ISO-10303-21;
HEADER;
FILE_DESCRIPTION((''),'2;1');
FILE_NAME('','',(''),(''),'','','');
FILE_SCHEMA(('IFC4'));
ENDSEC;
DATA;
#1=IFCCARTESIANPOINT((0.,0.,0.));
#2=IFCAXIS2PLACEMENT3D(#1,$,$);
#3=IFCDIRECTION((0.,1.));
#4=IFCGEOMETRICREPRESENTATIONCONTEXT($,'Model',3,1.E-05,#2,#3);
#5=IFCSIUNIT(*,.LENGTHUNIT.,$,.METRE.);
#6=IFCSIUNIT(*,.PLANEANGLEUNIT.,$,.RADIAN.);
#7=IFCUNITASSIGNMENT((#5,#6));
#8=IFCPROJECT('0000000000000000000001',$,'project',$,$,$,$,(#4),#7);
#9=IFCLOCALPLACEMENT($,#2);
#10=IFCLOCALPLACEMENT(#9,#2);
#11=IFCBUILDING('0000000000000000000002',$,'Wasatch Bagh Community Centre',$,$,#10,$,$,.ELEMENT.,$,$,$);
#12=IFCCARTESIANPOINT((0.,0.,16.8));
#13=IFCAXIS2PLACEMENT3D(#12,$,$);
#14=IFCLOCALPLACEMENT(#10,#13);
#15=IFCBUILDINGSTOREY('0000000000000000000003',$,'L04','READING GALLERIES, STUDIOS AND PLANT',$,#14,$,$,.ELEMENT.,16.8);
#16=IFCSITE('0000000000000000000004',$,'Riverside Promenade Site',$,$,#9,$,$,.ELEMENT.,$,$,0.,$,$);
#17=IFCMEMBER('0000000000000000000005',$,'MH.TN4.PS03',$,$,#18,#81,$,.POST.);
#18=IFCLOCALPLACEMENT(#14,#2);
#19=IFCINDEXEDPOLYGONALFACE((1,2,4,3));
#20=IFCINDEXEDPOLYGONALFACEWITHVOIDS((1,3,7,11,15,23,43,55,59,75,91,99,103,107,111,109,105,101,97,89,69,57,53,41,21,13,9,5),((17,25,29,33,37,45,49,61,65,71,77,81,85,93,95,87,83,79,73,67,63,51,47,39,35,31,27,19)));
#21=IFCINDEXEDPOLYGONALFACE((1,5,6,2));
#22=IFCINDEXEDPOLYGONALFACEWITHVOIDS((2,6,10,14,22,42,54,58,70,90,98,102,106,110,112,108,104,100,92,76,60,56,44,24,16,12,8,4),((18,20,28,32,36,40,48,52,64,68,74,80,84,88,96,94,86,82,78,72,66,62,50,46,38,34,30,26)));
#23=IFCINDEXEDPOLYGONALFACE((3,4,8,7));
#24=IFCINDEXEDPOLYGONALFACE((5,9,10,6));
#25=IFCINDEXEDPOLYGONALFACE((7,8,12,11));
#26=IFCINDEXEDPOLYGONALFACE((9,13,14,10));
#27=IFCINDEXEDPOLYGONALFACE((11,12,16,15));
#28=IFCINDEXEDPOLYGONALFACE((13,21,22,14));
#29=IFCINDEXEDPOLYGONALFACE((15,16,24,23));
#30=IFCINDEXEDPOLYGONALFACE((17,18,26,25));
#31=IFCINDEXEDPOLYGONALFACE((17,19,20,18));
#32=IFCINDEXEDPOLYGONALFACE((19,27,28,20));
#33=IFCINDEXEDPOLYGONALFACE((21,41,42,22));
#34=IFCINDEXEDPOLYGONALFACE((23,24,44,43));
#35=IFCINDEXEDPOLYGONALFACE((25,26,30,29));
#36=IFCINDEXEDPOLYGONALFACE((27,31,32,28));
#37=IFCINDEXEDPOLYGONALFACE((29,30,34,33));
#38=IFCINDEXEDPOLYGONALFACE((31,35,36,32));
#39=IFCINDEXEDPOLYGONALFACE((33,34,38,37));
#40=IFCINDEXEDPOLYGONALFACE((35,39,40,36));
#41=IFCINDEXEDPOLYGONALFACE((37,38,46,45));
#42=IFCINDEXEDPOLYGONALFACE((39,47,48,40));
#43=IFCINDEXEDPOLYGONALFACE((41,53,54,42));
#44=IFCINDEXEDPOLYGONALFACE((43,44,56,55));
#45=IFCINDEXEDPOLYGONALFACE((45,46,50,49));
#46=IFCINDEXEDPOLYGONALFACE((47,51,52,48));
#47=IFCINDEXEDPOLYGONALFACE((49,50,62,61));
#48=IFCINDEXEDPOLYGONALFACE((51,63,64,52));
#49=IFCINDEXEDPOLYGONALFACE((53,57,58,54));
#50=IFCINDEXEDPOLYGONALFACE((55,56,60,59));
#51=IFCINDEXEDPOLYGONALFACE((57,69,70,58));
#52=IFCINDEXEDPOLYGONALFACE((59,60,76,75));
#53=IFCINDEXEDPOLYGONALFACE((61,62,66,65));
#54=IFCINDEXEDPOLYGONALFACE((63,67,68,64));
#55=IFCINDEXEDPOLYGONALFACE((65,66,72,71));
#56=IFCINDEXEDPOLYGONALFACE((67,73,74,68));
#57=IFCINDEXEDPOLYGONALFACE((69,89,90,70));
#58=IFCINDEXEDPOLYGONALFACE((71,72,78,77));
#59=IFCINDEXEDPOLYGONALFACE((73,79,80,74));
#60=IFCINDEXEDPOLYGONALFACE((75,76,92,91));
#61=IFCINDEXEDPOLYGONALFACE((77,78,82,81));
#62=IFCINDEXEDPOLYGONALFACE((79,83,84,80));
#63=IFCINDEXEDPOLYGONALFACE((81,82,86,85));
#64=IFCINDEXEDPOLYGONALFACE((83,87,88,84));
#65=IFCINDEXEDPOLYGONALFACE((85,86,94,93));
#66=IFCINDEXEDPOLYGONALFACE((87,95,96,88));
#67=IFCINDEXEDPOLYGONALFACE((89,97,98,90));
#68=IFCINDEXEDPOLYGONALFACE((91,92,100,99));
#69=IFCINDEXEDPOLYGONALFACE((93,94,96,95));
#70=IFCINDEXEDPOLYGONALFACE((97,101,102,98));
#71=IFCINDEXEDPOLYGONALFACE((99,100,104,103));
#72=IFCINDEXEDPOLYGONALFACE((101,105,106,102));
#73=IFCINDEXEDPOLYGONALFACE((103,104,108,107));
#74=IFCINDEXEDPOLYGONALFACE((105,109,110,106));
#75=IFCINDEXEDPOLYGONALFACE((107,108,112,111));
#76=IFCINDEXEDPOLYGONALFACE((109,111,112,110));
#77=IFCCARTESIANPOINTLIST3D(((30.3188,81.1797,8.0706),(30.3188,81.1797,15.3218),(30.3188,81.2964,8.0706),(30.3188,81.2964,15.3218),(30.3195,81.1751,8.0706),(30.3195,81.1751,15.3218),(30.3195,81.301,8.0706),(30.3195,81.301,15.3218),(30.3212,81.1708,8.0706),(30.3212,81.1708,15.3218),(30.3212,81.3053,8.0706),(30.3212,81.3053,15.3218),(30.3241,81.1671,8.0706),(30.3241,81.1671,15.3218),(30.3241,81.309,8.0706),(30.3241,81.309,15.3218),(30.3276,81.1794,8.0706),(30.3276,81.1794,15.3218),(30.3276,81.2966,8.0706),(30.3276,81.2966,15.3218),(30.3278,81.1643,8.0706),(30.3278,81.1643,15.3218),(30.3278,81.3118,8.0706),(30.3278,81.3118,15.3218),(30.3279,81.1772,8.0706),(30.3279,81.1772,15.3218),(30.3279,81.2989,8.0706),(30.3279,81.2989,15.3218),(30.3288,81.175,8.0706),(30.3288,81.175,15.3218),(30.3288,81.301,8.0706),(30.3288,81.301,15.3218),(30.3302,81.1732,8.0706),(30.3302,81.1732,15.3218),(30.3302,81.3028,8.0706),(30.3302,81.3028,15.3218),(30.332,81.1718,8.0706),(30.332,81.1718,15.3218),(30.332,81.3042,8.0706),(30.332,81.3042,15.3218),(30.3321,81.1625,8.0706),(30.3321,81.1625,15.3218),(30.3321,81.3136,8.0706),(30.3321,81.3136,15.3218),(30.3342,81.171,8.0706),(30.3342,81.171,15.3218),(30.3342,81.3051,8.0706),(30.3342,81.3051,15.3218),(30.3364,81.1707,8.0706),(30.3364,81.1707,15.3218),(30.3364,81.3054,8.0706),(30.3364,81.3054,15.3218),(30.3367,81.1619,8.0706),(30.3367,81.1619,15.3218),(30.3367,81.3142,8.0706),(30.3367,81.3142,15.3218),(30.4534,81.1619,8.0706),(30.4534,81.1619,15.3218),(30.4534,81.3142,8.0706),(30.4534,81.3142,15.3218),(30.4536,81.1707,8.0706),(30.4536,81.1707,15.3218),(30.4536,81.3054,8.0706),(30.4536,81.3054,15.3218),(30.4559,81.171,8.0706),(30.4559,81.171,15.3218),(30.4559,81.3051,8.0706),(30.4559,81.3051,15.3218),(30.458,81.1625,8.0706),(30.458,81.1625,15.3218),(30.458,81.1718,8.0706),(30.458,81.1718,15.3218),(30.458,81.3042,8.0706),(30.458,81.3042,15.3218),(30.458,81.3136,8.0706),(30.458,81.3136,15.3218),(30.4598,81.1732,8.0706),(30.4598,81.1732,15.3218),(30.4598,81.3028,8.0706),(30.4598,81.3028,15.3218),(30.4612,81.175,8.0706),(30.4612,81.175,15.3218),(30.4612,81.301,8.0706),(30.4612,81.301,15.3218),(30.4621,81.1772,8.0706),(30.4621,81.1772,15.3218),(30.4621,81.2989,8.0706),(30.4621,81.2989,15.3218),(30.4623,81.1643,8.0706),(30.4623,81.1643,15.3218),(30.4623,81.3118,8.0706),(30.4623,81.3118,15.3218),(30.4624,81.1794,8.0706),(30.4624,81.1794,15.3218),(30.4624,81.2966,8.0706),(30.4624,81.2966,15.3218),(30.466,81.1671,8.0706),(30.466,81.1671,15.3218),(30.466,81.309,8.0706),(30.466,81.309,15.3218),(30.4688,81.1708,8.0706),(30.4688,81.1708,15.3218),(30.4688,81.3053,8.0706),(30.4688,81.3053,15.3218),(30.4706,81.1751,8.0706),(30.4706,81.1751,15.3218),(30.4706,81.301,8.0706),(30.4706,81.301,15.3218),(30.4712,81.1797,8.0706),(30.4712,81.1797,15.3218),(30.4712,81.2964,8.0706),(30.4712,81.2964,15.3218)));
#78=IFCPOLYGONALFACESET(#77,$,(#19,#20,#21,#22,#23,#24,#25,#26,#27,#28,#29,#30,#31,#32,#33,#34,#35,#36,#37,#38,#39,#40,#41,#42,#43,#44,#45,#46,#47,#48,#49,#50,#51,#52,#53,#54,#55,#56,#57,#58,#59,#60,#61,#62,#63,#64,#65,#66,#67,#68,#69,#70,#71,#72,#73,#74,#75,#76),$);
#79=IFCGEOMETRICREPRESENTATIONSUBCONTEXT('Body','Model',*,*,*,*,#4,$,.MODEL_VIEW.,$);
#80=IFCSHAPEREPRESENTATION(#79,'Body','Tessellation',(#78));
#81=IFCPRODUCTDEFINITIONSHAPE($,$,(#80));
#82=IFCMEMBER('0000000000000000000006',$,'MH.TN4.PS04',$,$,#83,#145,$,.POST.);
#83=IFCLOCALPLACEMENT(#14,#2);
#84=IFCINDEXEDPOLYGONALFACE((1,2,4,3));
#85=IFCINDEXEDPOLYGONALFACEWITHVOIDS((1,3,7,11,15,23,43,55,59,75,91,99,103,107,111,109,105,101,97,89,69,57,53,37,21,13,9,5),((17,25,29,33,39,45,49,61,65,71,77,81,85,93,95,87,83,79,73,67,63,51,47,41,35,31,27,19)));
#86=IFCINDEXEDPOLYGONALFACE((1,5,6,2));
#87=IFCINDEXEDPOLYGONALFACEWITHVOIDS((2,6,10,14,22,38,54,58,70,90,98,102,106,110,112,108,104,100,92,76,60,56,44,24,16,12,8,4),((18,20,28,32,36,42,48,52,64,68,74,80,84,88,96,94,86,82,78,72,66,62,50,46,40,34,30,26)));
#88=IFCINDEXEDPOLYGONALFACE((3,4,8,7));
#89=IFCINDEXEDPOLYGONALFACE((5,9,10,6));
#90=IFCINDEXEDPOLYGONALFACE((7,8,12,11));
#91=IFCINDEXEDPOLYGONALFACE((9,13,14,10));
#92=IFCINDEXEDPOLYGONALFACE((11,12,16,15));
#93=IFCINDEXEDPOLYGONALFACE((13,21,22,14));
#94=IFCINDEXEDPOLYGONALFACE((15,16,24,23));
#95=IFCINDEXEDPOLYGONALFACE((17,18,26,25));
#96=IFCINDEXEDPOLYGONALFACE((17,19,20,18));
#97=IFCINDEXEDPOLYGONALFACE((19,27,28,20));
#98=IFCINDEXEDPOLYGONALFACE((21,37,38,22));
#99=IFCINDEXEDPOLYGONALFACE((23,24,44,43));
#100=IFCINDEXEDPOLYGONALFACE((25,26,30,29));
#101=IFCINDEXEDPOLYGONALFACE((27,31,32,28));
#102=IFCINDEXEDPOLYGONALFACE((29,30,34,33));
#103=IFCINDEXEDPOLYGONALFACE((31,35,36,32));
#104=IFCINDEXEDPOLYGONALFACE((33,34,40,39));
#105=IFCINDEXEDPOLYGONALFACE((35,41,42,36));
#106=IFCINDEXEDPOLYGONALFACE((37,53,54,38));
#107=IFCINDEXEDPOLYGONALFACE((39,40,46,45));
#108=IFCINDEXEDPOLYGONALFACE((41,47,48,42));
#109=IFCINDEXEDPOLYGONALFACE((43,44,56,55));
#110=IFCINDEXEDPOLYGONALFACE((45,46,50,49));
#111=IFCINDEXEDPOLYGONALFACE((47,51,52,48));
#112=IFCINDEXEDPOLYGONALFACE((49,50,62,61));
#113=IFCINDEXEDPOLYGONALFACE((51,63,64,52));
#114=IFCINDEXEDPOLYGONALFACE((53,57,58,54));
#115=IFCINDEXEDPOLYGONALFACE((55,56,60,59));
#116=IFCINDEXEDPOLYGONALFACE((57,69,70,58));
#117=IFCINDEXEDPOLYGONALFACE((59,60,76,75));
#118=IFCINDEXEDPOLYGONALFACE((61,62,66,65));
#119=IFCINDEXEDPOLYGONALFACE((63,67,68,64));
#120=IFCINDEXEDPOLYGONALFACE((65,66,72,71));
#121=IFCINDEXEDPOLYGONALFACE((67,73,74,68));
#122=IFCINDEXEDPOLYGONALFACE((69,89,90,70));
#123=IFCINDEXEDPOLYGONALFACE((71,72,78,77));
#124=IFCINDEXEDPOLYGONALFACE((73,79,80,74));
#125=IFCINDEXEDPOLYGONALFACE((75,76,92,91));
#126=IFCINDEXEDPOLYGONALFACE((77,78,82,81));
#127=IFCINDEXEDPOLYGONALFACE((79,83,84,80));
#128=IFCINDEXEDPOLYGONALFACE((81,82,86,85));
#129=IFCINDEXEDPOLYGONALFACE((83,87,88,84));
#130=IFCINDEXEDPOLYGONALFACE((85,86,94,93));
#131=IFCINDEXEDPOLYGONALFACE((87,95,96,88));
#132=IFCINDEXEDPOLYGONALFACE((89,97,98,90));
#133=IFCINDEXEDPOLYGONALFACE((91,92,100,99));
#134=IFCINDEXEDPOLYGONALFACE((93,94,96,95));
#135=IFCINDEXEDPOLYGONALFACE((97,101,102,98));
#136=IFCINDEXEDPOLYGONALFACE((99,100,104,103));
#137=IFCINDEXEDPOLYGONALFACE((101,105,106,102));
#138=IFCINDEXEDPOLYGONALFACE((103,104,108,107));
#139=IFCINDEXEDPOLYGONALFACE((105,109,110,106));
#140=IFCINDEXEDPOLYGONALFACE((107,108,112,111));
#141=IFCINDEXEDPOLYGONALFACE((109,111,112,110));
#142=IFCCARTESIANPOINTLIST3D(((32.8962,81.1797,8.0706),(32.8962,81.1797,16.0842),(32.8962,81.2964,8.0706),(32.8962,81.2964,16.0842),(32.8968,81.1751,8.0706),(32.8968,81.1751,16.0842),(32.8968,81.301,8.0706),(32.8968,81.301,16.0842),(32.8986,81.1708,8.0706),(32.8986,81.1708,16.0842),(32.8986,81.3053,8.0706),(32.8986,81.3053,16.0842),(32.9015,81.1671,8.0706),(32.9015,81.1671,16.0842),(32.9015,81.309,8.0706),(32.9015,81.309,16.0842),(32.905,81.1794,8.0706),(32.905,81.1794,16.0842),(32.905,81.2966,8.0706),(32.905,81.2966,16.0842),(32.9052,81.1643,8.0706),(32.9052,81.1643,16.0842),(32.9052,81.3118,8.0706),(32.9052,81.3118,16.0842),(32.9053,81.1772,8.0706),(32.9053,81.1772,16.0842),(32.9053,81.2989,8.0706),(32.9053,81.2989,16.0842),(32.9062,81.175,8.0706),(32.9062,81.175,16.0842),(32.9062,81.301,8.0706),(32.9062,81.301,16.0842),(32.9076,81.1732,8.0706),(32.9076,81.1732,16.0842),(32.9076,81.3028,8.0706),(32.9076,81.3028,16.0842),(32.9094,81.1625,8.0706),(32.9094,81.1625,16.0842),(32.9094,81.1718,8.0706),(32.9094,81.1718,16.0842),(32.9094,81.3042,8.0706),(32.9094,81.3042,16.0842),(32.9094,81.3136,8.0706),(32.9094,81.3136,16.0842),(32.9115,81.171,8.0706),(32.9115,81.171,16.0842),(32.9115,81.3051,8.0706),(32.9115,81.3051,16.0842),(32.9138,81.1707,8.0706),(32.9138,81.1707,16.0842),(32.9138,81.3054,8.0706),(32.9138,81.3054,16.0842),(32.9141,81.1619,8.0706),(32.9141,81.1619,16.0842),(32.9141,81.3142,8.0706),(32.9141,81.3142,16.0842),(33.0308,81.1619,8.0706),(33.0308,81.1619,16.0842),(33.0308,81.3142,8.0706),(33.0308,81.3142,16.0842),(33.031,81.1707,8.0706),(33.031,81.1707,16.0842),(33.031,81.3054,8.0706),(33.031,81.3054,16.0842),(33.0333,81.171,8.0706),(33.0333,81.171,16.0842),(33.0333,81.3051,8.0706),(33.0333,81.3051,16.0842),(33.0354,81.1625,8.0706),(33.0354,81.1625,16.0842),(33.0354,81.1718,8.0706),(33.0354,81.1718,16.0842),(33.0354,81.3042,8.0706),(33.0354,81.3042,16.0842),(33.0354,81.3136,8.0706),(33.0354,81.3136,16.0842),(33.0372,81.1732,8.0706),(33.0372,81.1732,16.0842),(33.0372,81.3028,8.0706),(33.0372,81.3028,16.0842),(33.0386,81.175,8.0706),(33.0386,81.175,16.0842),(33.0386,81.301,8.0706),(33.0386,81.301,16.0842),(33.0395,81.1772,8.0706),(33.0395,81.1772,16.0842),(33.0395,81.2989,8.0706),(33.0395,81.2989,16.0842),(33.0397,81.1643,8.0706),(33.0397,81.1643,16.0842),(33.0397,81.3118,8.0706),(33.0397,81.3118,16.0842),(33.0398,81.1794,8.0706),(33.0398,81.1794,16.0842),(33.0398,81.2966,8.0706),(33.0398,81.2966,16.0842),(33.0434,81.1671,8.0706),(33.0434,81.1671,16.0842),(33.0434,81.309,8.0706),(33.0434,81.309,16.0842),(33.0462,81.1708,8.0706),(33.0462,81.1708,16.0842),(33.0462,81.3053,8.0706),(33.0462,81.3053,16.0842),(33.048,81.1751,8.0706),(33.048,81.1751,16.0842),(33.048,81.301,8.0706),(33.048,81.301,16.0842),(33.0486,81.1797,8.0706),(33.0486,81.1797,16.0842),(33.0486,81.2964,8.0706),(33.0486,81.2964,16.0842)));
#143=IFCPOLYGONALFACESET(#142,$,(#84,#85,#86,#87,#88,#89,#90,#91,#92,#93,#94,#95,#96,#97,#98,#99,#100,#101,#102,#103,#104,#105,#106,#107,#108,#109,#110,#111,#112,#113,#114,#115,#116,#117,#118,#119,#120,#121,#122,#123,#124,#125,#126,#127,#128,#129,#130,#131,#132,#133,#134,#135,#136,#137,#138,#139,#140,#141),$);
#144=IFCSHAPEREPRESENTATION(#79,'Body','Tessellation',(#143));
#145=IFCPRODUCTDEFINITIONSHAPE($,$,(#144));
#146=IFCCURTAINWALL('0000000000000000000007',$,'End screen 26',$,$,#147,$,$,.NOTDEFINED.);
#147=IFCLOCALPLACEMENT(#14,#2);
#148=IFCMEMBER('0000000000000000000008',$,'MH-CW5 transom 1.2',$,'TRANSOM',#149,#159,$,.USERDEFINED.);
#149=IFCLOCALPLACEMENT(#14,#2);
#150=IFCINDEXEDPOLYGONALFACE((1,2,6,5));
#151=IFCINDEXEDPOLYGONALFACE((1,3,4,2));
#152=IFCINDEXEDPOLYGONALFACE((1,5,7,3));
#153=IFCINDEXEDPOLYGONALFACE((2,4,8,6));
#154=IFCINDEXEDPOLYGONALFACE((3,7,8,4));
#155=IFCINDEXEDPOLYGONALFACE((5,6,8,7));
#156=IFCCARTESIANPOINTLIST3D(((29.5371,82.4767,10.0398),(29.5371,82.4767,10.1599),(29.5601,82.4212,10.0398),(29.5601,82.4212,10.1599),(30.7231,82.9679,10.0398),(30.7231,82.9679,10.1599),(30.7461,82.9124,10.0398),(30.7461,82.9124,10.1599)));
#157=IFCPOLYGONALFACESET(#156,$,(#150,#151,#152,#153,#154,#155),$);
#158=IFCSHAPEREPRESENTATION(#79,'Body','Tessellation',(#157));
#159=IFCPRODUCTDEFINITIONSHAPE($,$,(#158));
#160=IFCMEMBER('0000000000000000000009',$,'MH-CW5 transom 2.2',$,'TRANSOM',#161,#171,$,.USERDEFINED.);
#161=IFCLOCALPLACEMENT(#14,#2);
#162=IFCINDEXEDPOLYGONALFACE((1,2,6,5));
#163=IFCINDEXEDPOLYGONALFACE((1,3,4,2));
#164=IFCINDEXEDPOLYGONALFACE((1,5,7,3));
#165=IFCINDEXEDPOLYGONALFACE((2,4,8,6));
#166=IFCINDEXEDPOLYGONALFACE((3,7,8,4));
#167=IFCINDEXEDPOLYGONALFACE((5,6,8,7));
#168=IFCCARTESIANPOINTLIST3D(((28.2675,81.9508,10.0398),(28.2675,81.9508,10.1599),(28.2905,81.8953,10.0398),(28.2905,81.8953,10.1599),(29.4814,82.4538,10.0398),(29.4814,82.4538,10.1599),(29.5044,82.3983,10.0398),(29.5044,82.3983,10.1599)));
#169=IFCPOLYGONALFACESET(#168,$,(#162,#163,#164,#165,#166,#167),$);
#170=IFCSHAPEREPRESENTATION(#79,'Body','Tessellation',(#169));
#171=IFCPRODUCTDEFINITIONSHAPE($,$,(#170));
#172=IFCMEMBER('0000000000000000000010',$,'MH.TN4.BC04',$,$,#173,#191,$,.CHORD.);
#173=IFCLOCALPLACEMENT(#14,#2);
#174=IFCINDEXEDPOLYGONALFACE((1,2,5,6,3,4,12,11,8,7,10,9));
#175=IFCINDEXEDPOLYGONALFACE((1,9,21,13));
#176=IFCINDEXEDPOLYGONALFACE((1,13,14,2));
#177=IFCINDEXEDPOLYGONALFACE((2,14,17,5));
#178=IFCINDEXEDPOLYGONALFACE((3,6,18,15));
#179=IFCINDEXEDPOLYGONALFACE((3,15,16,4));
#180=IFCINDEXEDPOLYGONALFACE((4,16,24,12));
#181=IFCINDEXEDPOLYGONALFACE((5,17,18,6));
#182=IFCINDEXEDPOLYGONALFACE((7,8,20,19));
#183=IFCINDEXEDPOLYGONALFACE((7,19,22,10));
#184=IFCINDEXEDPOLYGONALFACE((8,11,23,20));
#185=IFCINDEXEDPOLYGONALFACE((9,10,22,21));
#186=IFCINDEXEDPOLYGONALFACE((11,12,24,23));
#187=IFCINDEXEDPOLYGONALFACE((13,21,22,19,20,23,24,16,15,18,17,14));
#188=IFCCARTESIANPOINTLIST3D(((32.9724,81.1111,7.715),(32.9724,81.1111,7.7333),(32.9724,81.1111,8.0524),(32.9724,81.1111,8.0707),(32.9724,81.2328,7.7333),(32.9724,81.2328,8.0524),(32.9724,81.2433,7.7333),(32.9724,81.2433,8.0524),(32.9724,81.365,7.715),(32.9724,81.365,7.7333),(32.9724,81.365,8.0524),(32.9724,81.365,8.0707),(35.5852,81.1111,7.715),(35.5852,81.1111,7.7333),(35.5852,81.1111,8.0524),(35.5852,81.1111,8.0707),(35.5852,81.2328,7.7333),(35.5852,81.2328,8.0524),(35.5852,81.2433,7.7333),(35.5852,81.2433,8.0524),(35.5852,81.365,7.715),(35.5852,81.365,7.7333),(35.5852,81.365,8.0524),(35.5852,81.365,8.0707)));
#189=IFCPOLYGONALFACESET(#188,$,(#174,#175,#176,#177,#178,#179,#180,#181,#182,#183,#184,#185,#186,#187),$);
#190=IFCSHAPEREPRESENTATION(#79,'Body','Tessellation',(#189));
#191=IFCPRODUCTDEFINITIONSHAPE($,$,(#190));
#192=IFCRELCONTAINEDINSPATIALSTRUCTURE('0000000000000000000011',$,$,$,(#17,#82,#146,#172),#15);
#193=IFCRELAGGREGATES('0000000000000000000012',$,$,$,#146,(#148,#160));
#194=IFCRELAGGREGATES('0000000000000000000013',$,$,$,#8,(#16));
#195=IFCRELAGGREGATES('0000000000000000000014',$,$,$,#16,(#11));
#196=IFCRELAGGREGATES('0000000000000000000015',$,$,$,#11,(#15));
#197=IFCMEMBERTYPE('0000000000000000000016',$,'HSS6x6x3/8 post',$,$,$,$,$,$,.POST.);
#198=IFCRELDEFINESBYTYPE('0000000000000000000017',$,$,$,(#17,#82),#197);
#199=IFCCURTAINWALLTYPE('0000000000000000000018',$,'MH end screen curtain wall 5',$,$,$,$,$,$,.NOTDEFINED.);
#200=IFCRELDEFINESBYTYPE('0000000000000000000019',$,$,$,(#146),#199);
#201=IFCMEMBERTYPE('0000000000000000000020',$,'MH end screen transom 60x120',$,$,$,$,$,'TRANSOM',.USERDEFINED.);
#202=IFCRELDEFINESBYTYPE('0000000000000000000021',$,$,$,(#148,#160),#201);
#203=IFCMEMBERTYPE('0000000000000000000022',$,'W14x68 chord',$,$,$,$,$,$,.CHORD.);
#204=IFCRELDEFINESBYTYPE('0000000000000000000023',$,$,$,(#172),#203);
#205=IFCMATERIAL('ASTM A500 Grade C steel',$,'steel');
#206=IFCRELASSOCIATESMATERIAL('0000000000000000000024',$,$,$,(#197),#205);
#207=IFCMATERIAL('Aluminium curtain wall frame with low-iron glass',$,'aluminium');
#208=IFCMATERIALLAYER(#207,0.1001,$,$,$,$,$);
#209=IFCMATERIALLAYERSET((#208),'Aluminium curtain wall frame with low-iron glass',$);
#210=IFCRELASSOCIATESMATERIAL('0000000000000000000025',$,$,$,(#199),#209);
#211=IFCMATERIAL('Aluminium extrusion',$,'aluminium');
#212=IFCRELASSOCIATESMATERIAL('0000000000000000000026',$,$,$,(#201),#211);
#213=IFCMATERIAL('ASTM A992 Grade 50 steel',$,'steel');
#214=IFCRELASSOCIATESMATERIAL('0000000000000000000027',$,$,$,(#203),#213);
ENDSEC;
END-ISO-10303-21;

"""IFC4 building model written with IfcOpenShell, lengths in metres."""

from ifc_helpers import new_model, si_unit, direction, frame, origin, origin_2d, place, context, subcontext, project, spatial, rectangle, hollow_rectangle, i_section, extrude, material, layer, layer_set, material_profile, profile_set, type_object, element, aggregate, save


model = new_model("IFC4")

# Units and contexts
model_context = context("Model", 3, precision=1e-05, world=origin(), true_north=direction((0.0, 1.0)))
body_context = subcontext(model_context, "Body", "Model", "MODEL_VIEW")
ifc_project = project(units=[si_unit("LENGTHUNIT", "METRE"), si_unit("PLANEANGLEUNIT", "RADIAN")], contexts=[model_context])

# Site, building, storey
site_placement = place(None, origin())
site = spatial("IfcSite", under=ifc_project, at=site_placement, Name="Riverside Promenade Site", CompositionType="ELEMENT", RefElevation=0.0)
building_placement = place(site_placement, origin())
building = spatial("IfcBuilding", under=site, at=building_placement, Name="Wasatch Bagh Community Centre", CompositionType="ELEMENT")
storey_placement = place(building_placement, frame((0.0, 0.0, 16.8)))
storey = spatial("IfcBuildingStorey", under=building, at=storey_placement, Name="L04", Description="READING GALLERIES, STUDIOS AND PLANT", CompositionType="ELEMENT", Elevation=16.8)

# Members
ifc_material_1 = material(Name="ASTM A500 Grade C steel", Category="steel")
ifc_material_profile_1 = material_profile(ifc_material_1, hollow_rectangle(XDim=0.1523, YDim=0.1523, WallThickness=0.0088, InnerFilletRadius=0.0088, OuterFilletRadius=0.0178, at=origin_2d()), Name="HSS6x6x3/8")
ifc_profile_set_1 = profile_set([ifc_material_profile_1], Name="ASTM A500 Grade C steel")
member_type_1 = type_object("IfcMemberType", Name="HSS6x6x3/8 post", PredefinedType="POST", material=ifc_profile_set_1)
member_1_placement = place(storey_placement, frame((30.395, 81.238, 8.0706), z_axis=(0.0, 0.0, 1.0), x_axis=(1.0, 0.0, 0.0)))
element("IfcMember", 1, at=member_1_placement, inside=storey, type_object=member_type_1, Name="MH.TN4.PS03", PredefinedType="POST", context=body_context, shape_type="SweptSolid", body=[
    extrude(hollow_rectangle(XDim=0.1523, YDim=0.1523, WallThickness=0.0088, InnerFilletRadius=0.0088, OuterFilletRadius=0.0178, at=origin_2d()), origin(), (0.0, 0.0, 1.0), 7.2512),
])
member_2_placement = place(storey_placement, frame((32.9724, 81.238, 8.0706), z_axis=(0.0, 0.0, 1.0), x_axis=(1.0, 0.0, 0.0)))
element("IfcMember", 2, at=member_2_placement, inside=storey, type_object=member_type_1, Name="MH.TN4.PS04", PredefinedType="POST", context=body_context, shape_type="SweptSolid", body=[
    extrude(hollow_rectangle(XDim=0.1523, YDim=0.1523, WallThickness=0.0088, InnerFilletRadius=0.0088, OuterFilletRadius=0.0178, at=origin_2d()), origin(), (0.0, 0.0, 1.0), 8.0137),
])

# Curtain wall, members
ifc_material_2 = material(Name="Aluminium curtain wall frame with low-iron glass", Category="aluminium")
ifc_layer_1 = layer(ifc_material_2, 0.1001)
ifc_layer_set_1 = layer_set([ifc_layer_1], Name="Aluminium curtain wall frame with low-iron glass")
curtain_wall_type = type_object("IfcCurtainWallType", Name="MH end screen curtain wall 5", PredefinedType="NOTDEFINED", material=ifc_layer_set_1)
curtain_wall_placement = place(storey_placement, origin())
curtain_wall = element("IfcCurtainWall", 3, at=curtain_wall_placement, inside=storey, type_object=curtain_wall_type, Name="End screen 26", PredefinedType="NOTDEFINED")
ifc_material_3 = material(Name="Aluminium extrusion", Category="aluminium")
ifc_material_profile_2 = material_profile(ifc_material_3, rectangle(XDim=0.0601, YDim=0.1201, at=origin_2d()), Name="AL 60x120")
ifc_profile_set_2 = profile_set([ifc_material_profile_2], Name="Aluminium extrusion")
member_type_2 = type_object("IfcMemberType", Name="MH end screen transom 60x120", ElementType="TRANSOM", PredefinedType="USERDEFINED", material=ifc_profile_set_2)
member_3_placement = place(storey_placement, frame((30.7346, 82.9402, 10.0999), z_axis=(-0.923896, -0.382643, 0.0), x_axis=(0.382643, -0.923896, 0.0)))
member_3 = element("IfcMember", 4, at=member_3_placement, type_object=member_type_2, Name="MH-CW5 transom 1.2", ObjectType="TRANSOM", PredefinedType="USERDEFINED", context=body_context, shape_type="SweptSolid", body=[
    extrude(rectangle(XDim=0.0601, YDim=0.1201, at=origin_2d()), origin(), (0.0, 0.0, 1.0), 1.2837),
])
member_4_placement = place(storey_placement, frame((29.4929, 82.426, 10.0999), z_axis=(-0.923845, -0.382768, 0.0), x_axis=(0.382768, -0.923845, 0.0)))
member_4 = element("IfcMember", 5, at=member_4_placement, type_object=member_type_2, Name="MH-CW5 transom 2.2", ObjectType="TRANSOM", PredefinedType="USERDEFINED", context=body_context, shape_type="SweptSolid", body=[
    extrude(rectangle(XDim=0.0601, YDim=0.1201, at=origin_2d()), origin(), (0.0, 0.0, 1.0), 1.314),
])

# Member
ifc_material_4 = material(Name="ASTM A992 Grade 50 steel", Category="steel")
ifc_material_profile_3 = material_profile(ifc_material_4, i_section(OverallWidth=0.2539, OverallDepth=0.3557, WebThickness=0.0105, FlangeThickness=0.0183, at=origin_2d()), Name="W14x68")
ifc_profile_set_3 = profile_set([ifc_material_profile_3], Name="ASTM A992 Grade 50 steel")
member_type_3 = type_object("IfcMemberType", Name="W14x68 chord", PredefinedType="CHORD", material=ifc_profile_set_3)
member_5_placement = place(storey_placement, frame((32.9724, 81.238, 7.8928), z_axis=(1.0, 0.0, 0.0), x_axis=(0.0, 1.0, 0.0)))
element("IfcMember", 6, at=member_5_placement, inside=storey, type_object=member_type_3, Name="MH.TN4.BC04", PredefinedType="CHORD", context=body_context, shape_type="SweptSolid", body=[
    extrude(i_section(OverallWidth=0.2539, OverallDepth=0.3557, WebThickness=0.0105, FlangeThickness=0.0183, at=origin_2d()), origin(), (0.0, 0.0, 1.0), 2.6128),
])

aggregate(curtain_wall, [member_3, member_4])

save(model, "model.ifc")
